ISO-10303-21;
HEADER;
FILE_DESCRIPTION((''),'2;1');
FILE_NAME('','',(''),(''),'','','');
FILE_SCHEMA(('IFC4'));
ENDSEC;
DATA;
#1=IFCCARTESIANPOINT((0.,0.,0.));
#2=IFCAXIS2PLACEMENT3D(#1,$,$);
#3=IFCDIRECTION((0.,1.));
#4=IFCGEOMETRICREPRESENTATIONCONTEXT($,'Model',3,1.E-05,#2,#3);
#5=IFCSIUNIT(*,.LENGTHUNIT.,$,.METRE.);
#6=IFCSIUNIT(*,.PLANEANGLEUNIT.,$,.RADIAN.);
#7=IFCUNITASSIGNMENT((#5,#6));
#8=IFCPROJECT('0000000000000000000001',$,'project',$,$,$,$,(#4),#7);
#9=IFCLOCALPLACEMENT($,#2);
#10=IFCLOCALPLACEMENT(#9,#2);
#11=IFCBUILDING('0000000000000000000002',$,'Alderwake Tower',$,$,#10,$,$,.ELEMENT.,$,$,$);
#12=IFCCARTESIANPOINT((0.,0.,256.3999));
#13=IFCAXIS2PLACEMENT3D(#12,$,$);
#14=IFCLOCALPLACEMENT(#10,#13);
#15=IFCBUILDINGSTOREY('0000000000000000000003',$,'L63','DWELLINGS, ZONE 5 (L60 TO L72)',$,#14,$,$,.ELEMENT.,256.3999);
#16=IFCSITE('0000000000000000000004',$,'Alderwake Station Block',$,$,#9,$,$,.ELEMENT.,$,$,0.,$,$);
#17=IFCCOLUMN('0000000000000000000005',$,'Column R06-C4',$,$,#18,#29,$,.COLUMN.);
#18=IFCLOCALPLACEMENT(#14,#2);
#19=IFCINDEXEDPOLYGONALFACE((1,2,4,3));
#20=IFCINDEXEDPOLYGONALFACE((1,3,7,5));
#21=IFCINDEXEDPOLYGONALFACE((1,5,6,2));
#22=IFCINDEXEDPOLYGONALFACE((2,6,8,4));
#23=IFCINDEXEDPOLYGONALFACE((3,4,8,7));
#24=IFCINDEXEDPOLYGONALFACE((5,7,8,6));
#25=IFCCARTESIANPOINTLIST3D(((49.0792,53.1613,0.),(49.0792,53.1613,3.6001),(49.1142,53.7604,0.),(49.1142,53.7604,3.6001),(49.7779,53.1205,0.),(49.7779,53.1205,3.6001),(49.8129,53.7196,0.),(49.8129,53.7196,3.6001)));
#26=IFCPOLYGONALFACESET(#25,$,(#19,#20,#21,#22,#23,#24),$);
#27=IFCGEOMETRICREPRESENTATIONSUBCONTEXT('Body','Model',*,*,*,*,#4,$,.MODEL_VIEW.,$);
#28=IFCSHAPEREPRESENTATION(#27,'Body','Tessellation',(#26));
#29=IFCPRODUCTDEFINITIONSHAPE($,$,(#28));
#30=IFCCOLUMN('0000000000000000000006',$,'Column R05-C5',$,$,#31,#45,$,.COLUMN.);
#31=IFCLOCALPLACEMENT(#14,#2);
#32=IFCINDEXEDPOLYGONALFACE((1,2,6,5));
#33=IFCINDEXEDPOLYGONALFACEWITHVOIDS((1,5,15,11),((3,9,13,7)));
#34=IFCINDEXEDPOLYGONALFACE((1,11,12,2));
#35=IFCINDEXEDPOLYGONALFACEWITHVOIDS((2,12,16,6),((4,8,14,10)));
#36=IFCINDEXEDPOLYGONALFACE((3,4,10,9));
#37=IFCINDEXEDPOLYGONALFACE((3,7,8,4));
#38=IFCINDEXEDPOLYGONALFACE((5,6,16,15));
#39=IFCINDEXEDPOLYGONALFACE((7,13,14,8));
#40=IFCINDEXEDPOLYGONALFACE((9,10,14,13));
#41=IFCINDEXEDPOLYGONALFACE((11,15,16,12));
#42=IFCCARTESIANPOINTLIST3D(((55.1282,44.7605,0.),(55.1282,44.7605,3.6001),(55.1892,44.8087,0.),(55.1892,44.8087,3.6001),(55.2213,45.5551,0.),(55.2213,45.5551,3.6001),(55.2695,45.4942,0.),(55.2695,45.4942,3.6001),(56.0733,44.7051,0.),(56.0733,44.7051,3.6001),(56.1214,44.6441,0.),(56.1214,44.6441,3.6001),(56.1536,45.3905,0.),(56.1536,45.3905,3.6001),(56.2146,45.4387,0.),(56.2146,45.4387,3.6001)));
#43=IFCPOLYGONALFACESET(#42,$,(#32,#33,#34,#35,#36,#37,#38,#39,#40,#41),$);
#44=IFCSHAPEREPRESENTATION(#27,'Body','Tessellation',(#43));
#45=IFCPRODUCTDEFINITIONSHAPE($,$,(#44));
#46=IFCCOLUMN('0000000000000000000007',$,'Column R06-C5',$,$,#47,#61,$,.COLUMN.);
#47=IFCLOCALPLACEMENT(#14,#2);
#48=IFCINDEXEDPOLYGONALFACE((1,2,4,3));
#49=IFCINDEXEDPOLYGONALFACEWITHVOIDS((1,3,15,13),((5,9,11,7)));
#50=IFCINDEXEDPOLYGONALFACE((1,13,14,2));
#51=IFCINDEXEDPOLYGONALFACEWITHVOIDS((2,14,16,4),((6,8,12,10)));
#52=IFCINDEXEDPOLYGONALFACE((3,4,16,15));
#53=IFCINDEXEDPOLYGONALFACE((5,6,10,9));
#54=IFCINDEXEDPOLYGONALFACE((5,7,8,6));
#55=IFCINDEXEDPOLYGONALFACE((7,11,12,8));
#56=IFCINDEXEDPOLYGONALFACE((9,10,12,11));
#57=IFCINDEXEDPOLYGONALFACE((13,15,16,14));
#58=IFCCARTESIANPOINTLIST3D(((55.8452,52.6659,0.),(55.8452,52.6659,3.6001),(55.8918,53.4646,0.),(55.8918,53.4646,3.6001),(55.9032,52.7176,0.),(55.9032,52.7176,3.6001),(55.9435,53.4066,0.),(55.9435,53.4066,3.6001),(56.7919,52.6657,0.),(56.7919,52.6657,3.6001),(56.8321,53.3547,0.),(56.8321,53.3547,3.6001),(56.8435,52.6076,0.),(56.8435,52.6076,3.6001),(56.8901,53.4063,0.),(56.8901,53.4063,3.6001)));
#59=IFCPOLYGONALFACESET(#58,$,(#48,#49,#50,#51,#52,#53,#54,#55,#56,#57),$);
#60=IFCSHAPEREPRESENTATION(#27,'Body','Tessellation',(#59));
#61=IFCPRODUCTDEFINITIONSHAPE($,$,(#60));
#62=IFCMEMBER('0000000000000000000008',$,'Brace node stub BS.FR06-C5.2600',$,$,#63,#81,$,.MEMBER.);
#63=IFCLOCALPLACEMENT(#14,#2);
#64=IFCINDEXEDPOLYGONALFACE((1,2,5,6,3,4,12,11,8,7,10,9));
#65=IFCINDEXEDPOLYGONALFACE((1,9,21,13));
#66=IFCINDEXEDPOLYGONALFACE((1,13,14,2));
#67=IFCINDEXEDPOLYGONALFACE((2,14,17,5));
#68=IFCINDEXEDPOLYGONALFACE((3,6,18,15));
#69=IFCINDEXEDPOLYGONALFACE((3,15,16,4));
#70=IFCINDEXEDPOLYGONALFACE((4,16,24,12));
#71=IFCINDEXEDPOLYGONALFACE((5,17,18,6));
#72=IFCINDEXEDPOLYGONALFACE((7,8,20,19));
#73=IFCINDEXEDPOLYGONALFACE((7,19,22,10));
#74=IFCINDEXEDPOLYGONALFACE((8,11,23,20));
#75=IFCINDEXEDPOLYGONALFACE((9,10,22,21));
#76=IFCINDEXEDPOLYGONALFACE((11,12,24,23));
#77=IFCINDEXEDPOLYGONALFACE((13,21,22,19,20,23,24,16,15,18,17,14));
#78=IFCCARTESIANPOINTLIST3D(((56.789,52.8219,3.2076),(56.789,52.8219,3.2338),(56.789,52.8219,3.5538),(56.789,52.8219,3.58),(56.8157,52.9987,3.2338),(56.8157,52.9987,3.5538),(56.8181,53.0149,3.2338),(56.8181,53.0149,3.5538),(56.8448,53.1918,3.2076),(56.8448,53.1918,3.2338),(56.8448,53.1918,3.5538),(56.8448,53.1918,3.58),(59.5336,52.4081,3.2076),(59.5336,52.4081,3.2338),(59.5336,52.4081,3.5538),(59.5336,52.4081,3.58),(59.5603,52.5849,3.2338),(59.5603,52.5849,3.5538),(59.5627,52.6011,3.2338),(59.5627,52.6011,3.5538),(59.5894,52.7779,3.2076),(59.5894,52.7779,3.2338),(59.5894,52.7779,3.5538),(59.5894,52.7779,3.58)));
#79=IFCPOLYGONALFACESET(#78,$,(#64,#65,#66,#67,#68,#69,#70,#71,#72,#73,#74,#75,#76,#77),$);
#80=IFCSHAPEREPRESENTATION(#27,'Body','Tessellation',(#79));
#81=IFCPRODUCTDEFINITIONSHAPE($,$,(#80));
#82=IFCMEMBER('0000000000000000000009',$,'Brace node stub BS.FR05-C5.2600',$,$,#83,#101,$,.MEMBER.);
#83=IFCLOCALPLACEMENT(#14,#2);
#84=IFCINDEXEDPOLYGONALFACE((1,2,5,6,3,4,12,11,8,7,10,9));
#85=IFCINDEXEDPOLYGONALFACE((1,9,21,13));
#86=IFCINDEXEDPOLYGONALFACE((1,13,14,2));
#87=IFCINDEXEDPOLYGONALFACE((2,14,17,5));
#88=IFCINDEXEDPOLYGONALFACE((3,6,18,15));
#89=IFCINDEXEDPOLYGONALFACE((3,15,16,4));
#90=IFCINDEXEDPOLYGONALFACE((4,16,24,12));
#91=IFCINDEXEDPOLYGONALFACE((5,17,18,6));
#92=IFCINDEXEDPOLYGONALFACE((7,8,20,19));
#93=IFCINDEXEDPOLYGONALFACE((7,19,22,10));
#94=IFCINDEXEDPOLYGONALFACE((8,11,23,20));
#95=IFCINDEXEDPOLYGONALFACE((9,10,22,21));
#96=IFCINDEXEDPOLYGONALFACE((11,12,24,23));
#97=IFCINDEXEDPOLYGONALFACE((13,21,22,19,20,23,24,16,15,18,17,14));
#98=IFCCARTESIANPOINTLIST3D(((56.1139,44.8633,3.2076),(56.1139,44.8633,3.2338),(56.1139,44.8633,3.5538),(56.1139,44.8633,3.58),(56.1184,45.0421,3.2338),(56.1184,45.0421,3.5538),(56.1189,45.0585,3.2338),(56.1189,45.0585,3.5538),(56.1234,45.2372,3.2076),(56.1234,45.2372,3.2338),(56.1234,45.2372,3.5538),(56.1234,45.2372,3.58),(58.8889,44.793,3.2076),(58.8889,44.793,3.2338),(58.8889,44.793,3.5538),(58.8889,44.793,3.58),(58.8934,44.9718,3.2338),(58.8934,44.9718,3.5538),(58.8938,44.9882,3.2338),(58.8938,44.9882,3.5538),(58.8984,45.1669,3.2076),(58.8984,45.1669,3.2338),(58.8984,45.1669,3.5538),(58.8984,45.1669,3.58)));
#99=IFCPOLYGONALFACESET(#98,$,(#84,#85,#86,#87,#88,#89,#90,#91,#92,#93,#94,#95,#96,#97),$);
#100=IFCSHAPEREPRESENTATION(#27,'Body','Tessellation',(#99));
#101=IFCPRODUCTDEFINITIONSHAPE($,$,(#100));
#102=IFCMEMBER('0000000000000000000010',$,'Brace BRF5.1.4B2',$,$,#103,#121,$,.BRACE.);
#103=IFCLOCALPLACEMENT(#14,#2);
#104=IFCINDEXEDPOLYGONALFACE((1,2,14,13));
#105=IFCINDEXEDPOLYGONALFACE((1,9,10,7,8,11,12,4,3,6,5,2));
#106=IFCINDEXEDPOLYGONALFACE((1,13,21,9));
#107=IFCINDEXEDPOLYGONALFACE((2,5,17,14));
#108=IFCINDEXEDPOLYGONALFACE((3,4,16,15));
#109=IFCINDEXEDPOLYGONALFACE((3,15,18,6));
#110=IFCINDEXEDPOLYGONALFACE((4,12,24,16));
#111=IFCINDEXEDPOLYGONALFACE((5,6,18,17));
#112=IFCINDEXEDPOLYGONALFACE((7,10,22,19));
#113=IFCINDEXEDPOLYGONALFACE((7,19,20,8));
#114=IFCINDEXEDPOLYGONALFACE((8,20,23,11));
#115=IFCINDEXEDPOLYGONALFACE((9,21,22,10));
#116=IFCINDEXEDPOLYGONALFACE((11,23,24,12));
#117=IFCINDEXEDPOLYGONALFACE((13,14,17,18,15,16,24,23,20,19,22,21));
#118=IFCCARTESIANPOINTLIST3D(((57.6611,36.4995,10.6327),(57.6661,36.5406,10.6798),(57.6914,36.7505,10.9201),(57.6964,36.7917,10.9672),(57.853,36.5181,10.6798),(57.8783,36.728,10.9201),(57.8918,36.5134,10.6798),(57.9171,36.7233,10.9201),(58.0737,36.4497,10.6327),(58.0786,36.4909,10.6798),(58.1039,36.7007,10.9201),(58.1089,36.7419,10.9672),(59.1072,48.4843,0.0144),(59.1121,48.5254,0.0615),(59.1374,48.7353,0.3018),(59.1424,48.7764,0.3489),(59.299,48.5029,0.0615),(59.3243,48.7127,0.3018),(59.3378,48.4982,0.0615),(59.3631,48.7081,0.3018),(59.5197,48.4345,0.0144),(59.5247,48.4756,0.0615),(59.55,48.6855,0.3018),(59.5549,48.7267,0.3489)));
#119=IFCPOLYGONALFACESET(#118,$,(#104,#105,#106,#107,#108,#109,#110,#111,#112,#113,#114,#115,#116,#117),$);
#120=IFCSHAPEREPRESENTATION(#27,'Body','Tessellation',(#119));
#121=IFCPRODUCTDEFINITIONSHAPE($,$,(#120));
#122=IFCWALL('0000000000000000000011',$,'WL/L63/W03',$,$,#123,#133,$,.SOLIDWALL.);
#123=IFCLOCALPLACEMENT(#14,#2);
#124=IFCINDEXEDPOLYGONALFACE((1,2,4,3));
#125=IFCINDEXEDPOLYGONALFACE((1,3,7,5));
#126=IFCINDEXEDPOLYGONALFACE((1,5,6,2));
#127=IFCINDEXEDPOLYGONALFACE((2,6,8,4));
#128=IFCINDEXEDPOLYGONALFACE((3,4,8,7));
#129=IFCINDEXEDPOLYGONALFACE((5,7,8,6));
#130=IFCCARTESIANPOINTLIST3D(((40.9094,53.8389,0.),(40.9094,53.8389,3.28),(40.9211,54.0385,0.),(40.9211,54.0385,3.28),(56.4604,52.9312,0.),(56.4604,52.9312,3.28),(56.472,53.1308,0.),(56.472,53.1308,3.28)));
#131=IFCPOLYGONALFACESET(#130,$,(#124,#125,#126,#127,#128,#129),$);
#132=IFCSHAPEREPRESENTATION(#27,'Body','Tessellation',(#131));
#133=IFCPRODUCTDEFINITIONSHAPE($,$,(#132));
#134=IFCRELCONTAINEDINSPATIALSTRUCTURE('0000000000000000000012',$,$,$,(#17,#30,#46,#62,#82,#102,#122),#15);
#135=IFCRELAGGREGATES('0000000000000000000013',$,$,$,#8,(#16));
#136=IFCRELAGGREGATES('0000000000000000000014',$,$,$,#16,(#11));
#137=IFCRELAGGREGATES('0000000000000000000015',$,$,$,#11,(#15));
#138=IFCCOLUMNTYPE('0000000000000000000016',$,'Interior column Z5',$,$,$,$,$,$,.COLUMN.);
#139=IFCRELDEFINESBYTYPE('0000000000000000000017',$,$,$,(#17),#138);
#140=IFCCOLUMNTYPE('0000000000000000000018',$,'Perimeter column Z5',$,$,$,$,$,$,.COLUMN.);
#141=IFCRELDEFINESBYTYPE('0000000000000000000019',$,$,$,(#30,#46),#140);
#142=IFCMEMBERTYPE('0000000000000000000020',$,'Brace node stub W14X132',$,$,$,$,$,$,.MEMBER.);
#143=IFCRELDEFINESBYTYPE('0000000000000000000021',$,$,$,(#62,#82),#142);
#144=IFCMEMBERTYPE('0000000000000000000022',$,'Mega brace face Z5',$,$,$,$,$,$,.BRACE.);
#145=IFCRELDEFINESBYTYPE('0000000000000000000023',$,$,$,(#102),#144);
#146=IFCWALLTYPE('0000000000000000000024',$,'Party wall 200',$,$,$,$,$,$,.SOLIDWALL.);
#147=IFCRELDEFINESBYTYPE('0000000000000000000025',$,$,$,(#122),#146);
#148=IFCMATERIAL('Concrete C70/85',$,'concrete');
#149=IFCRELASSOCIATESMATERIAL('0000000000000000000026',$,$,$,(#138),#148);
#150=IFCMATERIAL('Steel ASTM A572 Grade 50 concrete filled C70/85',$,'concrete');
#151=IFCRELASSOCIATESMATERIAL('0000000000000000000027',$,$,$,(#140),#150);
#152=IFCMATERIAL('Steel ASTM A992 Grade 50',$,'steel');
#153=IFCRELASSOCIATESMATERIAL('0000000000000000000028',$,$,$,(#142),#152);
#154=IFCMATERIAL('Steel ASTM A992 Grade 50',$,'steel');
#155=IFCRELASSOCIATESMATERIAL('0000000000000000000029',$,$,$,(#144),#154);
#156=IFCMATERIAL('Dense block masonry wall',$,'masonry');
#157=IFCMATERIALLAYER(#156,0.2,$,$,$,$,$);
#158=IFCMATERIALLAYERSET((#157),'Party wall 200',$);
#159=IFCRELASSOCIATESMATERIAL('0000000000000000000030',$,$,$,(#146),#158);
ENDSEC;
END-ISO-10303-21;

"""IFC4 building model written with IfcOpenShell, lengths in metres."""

from ifc_helpers import new_model, si_unit, direction, frame, frame_2d, origin, origin_2d, place, context, subcontext, project, spatial, rectangle, hollow_rectangle, i_section, extrude, material, layer, layer_set, material_profile, profile_set, type_object, element, save


model = new_model("IFC4")

# Units and contexts
model_context = context("Model", 3, precision=1e-05, world=origin(), true_north=direction((0.0, 1.0)))
body_context = subcontext(model_context, "Body", "Model", "MODEL_VIEW")
ifc_project = project(units=[si_unit("LENGTHUNIT", "METRE"), si_unit("PLANEANGLEUNIT", "RADIAN")], contexts=[model_context])

# Site, building, storey
site_placement = place(None, origin())
site = spatial("IfcSite", under=ifc_project, at=site_placement, Name="Alderwake Station Block", CompositionType="ELEMENT", RefElevation=0.0)
building_placement = place(site_placement, origin())
building = spatial("IfcBuilding", under=site, at=building_placement, Name="Alderwake Tower", CompositionType="ELEMENT")
storey_placement = place(building_placement, frame((0.0, 0.0, 256.3999)))
storey = spatial("IfcBuildingStorey", under=building, at=storey_placement, Name="L63", Description="DWELLINGS, ZONE 5 (L60 TO L72)", CompositionType="ELEMENT", Elevation=256.3999)

# Columns
ifc_material_1 = material(Name="Concrete C70/85", Category="concrete")
ifc_material_profile_1 = material_profile(ifc_material_1, rectangle(XDim=0.6001, YDim=0.7, at=origin_2d()), Name="RC 700X600")
ifc_profile_set_1 = profile_set([ifc_material_profile_1], Name="Concrete C70/85")
column_type_1 = type_object("IfcColumnType", Name="Interior column Z5", PredefinedType="COLUMN", material=ifc_profile_set_1)
column_placement = place(storey_placement, frame((49.446, 53.4404, 0.0), z_axis=(0.0, 0.0, 1.0), x_axis=(0.058301, 0.998299, 0.0)))
element("IfcColumn", 1, at=column_placement, inside=storey, type_object=column_type_1, Name="Column R06-C4", PredefinedType="COLUMN", context=body_context, shape_type="SweptSolid", body=[
    extrude(rectangle(XDim=0.6001, YDim=0.7, at=origin_2d()), origin(), (0.0, 0.0, 1.0), 3.6001),
])
ifc_material_2 = material(Name="Steel ASTM A572 Grade 50 concrete filled C70/85", Category="concrete")
ifc_material_profile_2 = material_profile(ifc_material_2, hollow_rectangle(XDim=0.8, YDim=1.0, WallThickness=0.0549, at=origin_2d()), Name="BOX 1000X800X55")
ifc_profile_set_2 = profile_set([ifc_material_profile_2], Name="Steel ASTM A572 Grade 50 concrete filled C70/85")
column_type_2 = type_object("IfcColumnType", Name="Perimeter column Z5", PredefinedType="COLUMN", material=ifc_profile_set_2)
for number, where, z_axis, x_axis, name in (
    (2, (55.6714, 45.0996, 0.0), (0.0, 0.0, 1.0), (0.116402, 0.993202, 0.0), "Column R05-C5"),
    (3, (56.3677, 53.0361, 0.0), (0.0, 0.0, 1.0), (0.058299, 0.998299, 0.0), "Column R06-C5"),
):
    element("IfcColumn", number, at=place(storey_placement, frame(where, z_axis=z_axis, x_axis=x_axis)), inside=storey, type_object=column_type_2, Name=name, PredefinedType="COLUMN", context=body_context, shape_type="SweptSolid", body=[
        extrude(hollow_rectangle(XDim=0.8, YDim=1.0, WallThickness=0.0549, at=origin_2d()), origin(), (0.0, 0.0, 1.0), 3.6001),
    ])

# Members
ifc_material_3 = material(Name="Steel ASTM A992 Grade 50", Category="steel")
ifc_material_profile_3 = material_profile(ifc_material_3, i_section(OverallWidth=0.374, OverallDepth=0.3723, WebThickness=0.0164, FlangeThickness=0.0261, at=origin_2d()), Name="W14X132")
ifc_profile_set_3 = profile_set([ifc_material_profile_3], Name="Steel ASTM A992 Grade 50")
member_type_1 = type_object("IfcMemberType", Name="Brace node stub W14X132", PredefinedType="MEMBER", material=ifc_profile_set_3)
member_1_placement = place(storey_placement, frame((56.8169, 53.0068, 3.3938), z_axis=(0.988824, -0.149089, 0.0), x_axis=(0.149089, 0.988824, 0.0)))
element("IfcMember", 4, at=member_1_placement, inside=storey, type_object=member_type_1, Name="Brace node stub BS.FR06-C5.2600", PredefinedType="MEMBER", context=body_context, shape_type="SweptSolid", body=[
    extrude(i_section(OverallWidth=0.374, OverallDepth=0.3723, WebThickness=0.0164, FlangeThickness=0.0261, at=origin_2d()), origin(), (0.0, 0.0, 1.0), 2.7756),
])
member_2_placement = place(storey_placement, frame((56.1187, 45.0503, 3.3938), z_axis=(0.999679, -0.025331, 0.0), x_axis=(0.025331, 0.999679, 0.0)))
element("IfcMember", 5, at=member_2_placement, inside=storey, type_object=member_type_1, Name="Brace node stub BS.FR05-C5.2600", PredefinedType="MEMBER", context=body_context, shape_type="SweptSolid", body=[
    extrude(i_section(OverallWidth=0.374, OverallDepth=0.3723, WebThickness=0.0164, FlangeThickness=0.0261, at=origin_2d()), origin(), (0.0, 0.0, 1.0), 2.7759),
])
ifc_material_4 = material(Name="Steel ASTM A992 Grade 50", Category="steel")
ifc_material_profile_4 = material_profile(ifc_material_4, i_section(OverallWidth=0.4155, OverallDepth=0.4456, WebThickness=0.0391, FlangeThickness=0.0627, at=origin_2d()), Name="W14X342")
ifc_profile_set_4 = profile_set([ifc_material_profile_4], Name="Steel ASTM A992 Grade 50")
member_type_2 = type_object("IfcMemberType", Name="Mega brace face Z5", PredefinedType="BRACE", material=ifc_profile_set_4)
member_3_placement = place(storey_placement, frame((59.3311, 48.6055, 0.1816), z_axis=(-0.089943, -0.745454, 0.660461), x_axis=(0.9928, -0.119787, 0.0)))
element("IfcMember", 6, at=member_3_placement, inside=storey, type_object=member_type_2, Name="Brace BRF5.1.4B2", PredefinedType="BRACE", context=body_context, shape_type="SweptSolid", body=[
    extrude(i_section(OverallWidth=0.4155, OverallDepth=0.4456, WebThickness=0.0391, FlangeThickness=0.0627, at=origin_2d()), origin(), (0.0, 0.0, 1.0), 16.0771),
])

# Wall
ifc_material_5 = material(Name="Dense block masonry wall", Category="masonry")
ifc_layer_1 = layer(ifc_material_5, 0.2)
ifc_layer_set_1 = layer_set([ifc_layer_1], Name="Party wall 200")
wall_type_1 = type_object("IfcWallType", Name="Party wall 200", PredefinedType="SOLIDWALL", material=ifc_layer_set_1)
wall_1_placement = place(storey_placement, frame((56.4661, 53.031, 0.0), z_axis=(0.0, 0.0, 1.0), x_axis=(-0.998301, 0.058271, 0.0)))
element("IfcWall", 7, at=wall_1_placement, inside=storey, type_object=wall_type_1, Name="WL/L63/W03", PredefinedType="SOLIDWALL", context=body_context, shape_type="SweptSolid", body=[
    extrude(rectangle(XDim=15.5774, YDim=0.2, at=frame_2d((7.7886, 0.0))), origin(), (0.0, 0.0, 1.0), 3.28),
])

save(model, "model.ifc")
